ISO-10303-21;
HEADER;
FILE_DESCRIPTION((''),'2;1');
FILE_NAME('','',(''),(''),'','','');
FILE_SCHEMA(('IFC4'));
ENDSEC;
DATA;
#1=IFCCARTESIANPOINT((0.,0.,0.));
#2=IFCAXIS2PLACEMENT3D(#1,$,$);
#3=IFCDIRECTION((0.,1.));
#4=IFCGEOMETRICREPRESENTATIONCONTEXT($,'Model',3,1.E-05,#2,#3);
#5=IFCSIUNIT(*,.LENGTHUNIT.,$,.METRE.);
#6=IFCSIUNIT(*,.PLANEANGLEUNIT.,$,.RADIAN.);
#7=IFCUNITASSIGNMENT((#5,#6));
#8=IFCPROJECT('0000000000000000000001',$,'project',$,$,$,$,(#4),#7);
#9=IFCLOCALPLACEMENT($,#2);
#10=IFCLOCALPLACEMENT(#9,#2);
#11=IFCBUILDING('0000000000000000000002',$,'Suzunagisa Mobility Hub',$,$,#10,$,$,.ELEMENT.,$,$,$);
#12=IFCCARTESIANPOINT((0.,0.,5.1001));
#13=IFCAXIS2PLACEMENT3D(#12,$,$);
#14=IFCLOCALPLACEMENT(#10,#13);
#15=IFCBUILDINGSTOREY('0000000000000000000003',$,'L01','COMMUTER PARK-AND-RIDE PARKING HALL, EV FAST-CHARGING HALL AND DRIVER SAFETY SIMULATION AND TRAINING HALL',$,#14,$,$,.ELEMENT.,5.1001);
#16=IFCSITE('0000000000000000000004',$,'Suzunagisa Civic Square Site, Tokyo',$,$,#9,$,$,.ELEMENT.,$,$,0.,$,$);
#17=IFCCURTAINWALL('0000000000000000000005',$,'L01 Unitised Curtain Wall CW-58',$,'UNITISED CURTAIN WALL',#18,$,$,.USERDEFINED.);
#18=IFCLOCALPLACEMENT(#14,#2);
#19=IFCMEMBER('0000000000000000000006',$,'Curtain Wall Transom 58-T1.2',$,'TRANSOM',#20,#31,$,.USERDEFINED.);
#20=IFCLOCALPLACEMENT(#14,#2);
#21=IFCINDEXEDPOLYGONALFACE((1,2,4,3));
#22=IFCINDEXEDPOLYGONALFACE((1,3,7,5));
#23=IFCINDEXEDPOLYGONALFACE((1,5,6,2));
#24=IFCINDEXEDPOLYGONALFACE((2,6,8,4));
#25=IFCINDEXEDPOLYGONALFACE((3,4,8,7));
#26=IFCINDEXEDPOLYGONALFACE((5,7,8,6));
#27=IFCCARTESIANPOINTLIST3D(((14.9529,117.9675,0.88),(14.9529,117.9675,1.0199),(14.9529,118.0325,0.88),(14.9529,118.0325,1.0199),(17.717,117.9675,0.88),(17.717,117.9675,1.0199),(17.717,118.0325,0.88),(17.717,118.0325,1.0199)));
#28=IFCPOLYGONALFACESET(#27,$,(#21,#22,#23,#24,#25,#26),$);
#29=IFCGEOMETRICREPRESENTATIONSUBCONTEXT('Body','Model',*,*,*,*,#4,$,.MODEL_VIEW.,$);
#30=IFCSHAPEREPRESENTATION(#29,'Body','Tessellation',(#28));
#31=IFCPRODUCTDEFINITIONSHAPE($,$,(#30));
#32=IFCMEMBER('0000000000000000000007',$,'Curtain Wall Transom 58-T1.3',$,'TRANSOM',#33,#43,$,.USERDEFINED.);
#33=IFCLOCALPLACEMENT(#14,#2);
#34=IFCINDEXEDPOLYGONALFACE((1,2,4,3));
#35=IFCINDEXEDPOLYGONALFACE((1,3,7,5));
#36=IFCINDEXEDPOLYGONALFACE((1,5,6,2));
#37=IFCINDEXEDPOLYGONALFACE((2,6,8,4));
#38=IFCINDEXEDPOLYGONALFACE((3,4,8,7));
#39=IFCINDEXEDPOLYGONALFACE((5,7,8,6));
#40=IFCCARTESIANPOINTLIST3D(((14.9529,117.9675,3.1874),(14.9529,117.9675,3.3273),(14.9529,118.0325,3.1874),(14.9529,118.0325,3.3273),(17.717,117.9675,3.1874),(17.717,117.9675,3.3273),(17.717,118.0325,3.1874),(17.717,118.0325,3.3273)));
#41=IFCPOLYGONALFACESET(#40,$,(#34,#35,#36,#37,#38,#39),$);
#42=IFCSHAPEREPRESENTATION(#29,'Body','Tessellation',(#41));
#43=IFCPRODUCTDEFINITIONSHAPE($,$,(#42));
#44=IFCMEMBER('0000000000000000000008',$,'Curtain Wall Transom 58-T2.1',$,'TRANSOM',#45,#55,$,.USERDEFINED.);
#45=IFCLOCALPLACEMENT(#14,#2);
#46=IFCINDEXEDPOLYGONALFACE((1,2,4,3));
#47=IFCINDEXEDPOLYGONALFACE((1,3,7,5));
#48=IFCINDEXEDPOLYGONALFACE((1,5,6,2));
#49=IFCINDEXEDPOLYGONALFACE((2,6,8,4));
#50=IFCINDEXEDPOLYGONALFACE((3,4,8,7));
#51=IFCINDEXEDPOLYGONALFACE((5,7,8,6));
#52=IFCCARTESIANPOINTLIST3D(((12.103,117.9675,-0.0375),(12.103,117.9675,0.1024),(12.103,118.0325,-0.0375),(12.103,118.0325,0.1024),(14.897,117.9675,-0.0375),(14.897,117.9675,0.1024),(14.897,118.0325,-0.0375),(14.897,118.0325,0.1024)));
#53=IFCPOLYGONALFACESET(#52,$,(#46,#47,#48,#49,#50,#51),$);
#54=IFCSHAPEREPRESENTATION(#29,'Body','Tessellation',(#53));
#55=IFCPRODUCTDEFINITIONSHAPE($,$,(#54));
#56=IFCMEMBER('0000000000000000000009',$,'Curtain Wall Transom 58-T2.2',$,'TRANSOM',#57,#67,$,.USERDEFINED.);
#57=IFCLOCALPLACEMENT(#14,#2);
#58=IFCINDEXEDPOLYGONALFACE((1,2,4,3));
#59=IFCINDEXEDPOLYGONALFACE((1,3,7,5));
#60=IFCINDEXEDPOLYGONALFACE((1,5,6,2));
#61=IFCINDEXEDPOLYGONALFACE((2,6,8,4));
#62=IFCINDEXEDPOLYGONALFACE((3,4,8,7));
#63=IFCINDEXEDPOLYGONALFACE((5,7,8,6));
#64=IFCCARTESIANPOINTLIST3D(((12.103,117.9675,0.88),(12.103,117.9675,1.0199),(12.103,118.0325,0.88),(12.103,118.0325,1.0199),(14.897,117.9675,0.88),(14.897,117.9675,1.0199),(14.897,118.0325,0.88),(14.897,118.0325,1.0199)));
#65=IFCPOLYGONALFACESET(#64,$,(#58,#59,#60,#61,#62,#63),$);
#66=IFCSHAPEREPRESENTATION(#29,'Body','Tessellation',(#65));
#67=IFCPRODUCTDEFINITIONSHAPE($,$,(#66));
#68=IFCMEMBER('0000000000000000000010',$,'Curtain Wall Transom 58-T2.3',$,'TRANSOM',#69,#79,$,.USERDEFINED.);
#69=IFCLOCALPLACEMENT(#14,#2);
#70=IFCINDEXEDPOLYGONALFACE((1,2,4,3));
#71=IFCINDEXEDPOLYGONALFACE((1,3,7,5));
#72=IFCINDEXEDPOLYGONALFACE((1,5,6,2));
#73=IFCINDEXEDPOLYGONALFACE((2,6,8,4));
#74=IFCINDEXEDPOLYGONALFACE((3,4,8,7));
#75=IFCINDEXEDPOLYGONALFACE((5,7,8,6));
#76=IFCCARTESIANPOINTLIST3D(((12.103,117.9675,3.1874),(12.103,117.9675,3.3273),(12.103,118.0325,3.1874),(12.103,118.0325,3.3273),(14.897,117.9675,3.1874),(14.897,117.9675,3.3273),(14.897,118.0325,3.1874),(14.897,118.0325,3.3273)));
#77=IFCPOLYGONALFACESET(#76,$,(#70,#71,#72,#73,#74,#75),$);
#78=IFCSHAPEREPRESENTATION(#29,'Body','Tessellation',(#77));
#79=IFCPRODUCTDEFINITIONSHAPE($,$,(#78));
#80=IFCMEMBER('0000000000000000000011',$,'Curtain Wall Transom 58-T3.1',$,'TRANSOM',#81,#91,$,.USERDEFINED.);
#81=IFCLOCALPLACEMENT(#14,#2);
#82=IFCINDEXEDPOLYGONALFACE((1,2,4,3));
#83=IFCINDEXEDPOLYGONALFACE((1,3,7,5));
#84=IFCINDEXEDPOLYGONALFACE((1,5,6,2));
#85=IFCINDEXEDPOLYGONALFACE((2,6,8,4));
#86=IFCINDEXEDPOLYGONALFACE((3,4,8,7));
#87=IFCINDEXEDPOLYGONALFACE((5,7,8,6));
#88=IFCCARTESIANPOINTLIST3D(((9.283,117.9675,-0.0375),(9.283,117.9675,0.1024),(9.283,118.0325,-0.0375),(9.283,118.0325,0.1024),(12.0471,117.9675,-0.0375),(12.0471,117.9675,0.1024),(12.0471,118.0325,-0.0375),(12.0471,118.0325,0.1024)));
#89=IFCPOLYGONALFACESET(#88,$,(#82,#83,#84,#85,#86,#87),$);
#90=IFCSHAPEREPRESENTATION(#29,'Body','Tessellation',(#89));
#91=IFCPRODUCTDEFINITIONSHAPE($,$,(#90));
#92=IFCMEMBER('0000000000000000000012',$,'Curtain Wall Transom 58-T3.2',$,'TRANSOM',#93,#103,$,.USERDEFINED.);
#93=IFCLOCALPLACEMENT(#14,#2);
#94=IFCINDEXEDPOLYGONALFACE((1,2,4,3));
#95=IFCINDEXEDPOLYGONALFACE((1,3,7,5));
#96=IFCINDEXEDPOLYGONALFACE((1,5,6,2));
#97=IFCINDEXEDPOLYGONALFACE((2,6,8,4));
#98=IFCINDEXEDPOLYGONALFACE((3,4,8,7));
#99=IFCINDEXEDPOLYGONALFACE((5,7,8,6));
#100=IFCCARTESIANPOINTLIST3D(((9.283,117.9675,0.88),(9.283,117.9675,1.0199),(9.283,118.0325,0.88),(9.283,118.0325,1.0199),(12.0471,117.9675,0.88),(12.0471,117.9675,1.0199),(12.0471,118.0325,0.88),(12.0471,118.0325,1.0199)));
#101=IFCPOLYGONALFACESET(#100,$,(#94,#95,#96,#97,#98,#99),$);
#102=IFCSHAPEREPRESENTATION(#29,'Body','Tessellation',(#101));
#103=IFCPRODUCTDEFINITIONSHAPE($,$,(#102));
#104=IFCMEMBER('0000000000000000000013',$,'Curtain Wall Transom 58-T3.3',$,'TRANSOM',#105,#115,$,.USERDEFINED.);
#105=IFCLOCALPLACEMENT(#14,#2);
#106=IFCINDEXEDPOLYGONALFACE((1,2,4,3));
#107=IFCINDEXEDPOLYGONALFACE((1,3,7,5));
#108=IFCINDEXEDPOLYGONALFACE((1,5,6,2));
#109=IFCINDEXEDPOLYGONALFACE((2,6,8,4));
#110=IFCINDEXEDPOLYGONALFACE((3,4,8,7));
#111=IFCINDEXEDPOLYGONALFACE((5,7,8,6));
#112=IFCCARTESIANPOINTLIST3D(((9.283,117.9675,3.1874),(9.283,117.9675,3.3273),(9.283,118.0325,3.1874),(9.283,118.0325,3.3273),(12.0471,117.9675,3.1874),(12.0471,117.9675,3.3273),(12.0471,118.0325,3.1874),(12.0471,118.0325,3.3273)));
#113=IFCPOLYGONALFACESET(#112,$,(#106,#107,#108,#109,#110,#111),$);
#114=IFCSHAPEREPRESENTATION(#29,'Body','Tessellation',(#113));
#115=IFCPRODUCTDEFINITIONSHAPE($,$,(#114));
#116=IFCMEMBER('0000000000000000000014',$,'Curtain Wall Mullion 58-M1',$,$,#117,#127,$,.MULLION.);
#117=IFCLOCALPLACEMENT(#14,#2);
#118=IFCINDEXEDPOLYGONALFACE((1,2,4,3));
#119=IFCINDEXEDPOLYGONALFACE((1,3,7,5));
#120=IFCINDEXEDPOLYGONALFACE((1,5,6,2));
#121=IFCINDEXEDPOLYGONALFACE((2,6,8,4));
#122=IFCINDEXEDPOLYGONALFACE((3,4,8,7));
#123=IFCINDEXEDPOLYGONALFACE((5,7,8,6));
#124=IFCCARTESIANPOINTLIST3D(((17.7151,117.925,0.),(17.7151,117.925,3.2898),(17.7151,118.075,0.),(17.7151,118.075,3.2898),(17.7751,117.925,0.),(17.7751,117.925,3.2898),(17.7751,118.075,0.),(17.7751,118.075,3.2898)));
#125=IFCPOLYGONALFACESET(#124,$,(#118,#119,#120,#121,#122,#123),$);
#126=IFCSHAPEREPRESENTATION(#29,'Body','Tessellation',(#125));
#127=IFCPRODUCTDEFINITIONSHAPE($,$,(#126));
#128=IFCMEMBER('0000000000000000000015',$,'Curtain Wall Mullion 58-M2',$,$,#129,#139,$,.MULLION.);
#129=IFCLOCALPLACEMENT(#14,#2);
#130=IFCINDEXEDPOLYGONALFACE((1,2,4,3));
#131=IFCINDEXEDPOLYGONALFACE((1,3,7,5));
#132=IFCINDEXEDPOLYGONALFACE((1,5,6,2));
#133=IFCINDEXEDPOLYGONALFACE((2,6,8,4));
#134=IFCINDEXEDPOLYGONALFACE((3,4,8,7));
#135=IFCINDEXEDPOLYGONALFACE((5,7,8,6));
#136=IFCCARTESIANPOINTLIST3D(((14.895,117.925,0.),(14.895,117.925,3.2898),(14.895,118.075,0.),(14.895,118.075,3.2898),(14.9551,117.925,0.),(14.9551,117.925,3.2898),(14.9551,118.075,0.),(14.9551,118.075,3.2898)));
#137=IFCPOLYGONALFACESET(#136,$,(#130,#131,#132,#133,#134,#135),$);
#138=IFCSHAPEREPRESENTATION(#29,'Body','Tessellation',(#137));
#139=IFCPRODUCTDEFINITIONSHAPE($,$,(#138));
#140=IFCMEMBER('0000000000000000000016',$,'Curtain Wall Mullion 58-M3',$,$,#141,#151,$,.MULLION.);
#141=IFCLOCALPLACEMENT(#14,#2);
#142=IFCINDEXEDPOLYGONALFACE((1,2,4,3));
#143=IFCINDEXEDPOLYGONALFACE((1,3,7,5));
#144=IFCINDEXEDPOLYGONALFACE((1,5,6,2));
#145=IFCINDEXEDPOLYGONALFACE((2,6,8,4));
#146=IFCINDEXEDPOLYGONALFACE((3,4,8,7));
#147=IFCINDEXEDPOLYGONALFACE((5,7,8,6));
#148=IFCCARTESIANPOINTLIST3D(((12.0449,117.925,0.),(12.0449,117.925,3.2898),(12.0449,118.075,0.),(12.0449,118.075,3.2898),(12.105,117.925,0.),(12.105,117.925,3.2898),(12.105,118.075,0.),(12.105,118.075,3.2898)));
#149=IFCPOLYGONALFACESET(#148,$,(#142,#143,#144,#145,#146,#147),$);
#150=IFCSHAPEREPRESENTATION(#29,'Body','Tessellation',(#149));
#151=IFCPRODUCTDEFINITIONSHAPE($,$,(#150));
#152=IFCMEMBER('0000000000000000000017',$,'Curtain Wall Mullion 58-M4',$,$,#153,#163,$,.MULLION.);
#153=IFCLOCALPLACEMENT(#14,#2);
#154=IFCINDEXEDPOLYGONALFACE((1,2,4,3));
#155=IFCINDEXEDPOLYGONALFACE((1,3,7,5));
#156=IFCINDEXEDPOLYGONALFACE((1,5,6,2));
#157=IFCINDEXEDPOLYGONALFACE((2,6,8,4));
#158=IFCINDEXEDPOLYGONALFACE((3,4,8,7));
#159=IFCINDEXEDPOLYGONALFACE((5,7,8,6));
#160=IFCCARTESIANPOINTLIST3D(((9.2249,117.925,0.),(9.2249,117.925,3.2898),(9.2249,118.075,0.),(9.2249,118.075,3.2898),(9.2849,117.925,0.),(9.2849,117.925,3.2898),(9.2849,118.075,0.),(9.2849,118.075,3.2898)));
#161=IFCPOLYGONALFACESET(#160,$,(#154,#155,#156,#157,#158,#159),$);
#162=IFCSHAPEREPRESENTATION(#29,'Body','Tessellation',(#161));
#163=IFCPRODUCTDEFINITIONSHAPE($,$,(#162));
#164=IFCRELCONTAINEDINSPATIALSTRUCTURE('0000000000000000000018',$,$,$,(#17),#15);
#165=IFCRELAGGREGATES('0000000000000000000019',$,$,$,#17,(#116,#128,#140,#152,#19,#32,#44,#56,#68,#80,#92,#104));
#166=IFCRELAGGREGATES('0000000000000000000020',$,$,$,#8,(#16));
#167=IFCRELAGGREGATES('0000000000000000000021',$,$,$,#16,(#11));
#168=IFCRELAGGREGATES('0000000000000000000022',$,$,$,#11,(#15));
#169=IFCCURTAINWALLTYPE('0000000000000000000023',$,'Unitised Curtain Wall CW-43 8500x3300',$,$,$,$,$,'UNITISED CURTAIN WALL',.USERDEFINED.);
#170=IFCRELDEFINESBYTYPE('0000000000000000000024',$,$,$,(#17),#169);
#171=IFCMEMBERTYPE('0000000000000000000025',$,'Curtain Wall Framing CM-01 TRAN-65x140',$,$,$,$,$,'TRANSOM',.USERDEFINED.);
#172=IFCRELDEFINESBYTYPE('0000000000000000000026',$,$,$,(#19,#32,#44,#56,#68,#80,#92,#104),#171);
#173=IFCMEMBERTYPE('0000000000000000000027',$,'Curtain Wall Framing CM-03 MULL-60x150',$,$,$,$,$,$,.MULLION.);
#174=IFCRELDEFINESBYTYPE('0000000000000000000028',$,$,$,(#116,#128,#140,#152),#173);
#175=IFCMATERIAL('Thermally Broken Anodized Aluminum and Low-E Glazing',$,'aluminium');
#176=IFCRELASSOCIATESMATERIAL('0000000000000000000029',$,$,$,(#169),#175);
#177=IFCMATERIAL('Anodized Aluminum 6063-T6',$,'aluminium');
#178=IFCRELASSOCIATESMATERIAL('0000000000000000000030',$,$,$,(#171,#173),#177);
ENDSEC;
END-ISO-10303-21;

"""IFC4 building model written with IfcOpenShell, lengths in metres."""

from ifc_helpers import new_model, si_unit, direction, frame, origin, origin_2d, place, context, subcontext, project, spatial, rectangle, extrude, material, material_profile, profile_set, type_object, element, aggregate, save


model = new_model("IFC4")

# Units and contexts
model_context = context("Model", 3, precision=1e-05, world=origin(), true_north=direction((0.0, 1.0)))
body_context = subcontext(model_context, "Body", "Model", "MODEL_VIEW")
ifc_project = project(units=[si_unit("LENGTHUNIT", "METRE"), si_unit("PLANEANGLEUNIT", "RADIAN")], contexts=[model_context])

# Site, building, storey
site_placement = place(None, origin())
site = spatial("IfcSite", under=ifc_project, at=site_placement, Name="Suzunagisa Civic Square Site, Tokyo", CompositionType="ELEMENT", RefElevation=0.0)
building_placement = place(site_placement, origin())
building = spatial("IfcBuilding", under=site, at=building_placement, Name="Suzunagisa Mobility Hub", CompositionType="ELEMENT")
storey_placement = place(building_placement, frame((0.0, 0.0, 5.1001)))
storey = spatial("IfcBuildingStorey", under=building, at=storey_placement, Name="L01", Description="COMMUTER PARK-AND-RIDE PARKING HALL, EV FAST-CHARGING HALL AND DRIVER SAFETY SIMULATION AND TRAINING HALL", CompositionType="ELEMENT", Elevation=5.1001)

# Curtain wall, members
ifc_material_1 = material(Name="Thermally Broken Anodized Aluminum and Low-E Glazing", Category="aluminium")
curtain_wall_type = type_object("IfcCurtainWallType", Name="Unitised Curtain Wall CW-43 8500x3300", ElementType="UNITISED CURTAIN WALL", PredefinedType="USERDEFINED", material=ifc_material_1)
curtain_wall_placement = place(storey_placement, origin())
curtain_wall = element("IfcCurtainWall", 1, at=curtain_wall_placement, inside=storey, type_object=curtain_wall_type, Name="L01 Unitised Curtain Wall CW-58", ObjectType="UNITISED CURTAIN WALL", PredefinedType="USERDEFINED")
ifc_material_2 = material(Name="Anodized Aluminum 6063-T6", Category="aluminium")
ifc_material_profile_1 = material_profile(ifc_material_2, rectangle(XDim=0.0649, YDim=0.1399, at=origin_2d()), Name="TRAN-65x140")
ifc_profile_set_1 = profile_set([ifc_material_profile_1], Name="Anodized Aluminum 6063-T6")
member_type_1 = type_object("IfcMemberType", Name="Curtain Wall Framing CM-01 TRAN-65x140", ElementType="TRANSOM", PredefinedType="USERDEFINED", material=ifc_profile_set_1)
member_1_placement = place(storey_placement, frame((17.717, 118.0, 0.95), z_axis=(-1.0, 0.0, 0.0), x_axis=(0.0, -1.0, 0.0)))
member_1 = element("IfcMember", 2, at=member_1_placement, type_object=member_type_1, Name="Curtain Wall Transom 58-T1.2", ObjectType="TRANSOM", PredefinedType="USERDEFINED", context=body_context, shape_type="SweptSolid", body=[
    extrude(rectangle(XDim=0.0649, YDim=0.1399, at=origin_2d()), origin(), (0.0, 0.0, 1.0), 2.7642),
])
member_2_placement = place(storey_placement, frame((17.717, 118.0, 3.2573), z_axis=(-1.0, 0.0, 0.0), x_axis=(0.0, -1.0, 0.0)))
member_2 = element("IfcMember", 3, at=member_2_placement, type_object=member_type_1, Name="Curtain Wall Transom 58-T1.3", ObjectType="TRANSOM", PredefinedType="USERDEFINED", context=body_context, shape_type="SweptSolid", body=[
    extrude(rectangle(XDim=0.0649, YDim=0.1399, at=origin_2d()), origin(), (0.0, 0.0, 1.0), 2.7642),
])
member_3_placement = place(storey_placement, frame((14.897, 118.0, 0.0325), z_axis=(-1.0, 0.0, 0.0), x_axis=(0.0, -1.0, 0.0)))
member_3 = element("IfcMember", 4, at=member_3_placement, type_object=member_type_1, Name="Curtain Wall Transom 58-T2.1", ObjectType="TRANSOM", PredefinedType="USERDEFINED", context=body_context, shape_type="SweptSolid", body=[
    extrude(rectangle(XDim=0.0649, YDim=0.1399, at=origin_2d()), origin(), (0.0, 0.0, 1.0), 2.7939),
])
member_4_placement = place(storey_placement, frame((14.897, 118.0, 0.95), z_axis=(-1.0, 0.0, 0.0), x_axis=(0.0, -1.0, 0.0)))
member_4 = element("IfcMember", 5, at=member_4_placement, type_object=member_type_1, Name="Curtain Wall Transom 58-T2.2", ObjectType="TRANSOM", PredefinedType="USERDEFINED", context=body_context, shape_type="SweptSolid", body=[
    extrude(rectangle(XDim=0.0649, YDim=0.1399, at=origin_2d()), origin(), (0.0, 0.0, 1.0), 2.7939),
])
member_5_placement = place(storey_placement, frame((14.897, 118.0, 3.2573), z_axis=(-1.0, 0.0, 0.0), x_axis=(0.0, -1.0, 0.0)))
member_5 = element("IfcMember", 6, at=member_5_placement, type_object=member_type_1, Name="Curtain Wall Transom 58-T2.3", ObjectType="TRANSOM", PredefinedType="USERDEFINED", context=body_context, shape_type="SweptSolid", body=[
    extrude(rectangle(XDim=0.0649, YDim=0.1399, at=origin_2d()), origin(), (0.0, 0.0, 1.0), 2.7939),
])
member_6_placement = place(storey_placement, frame((12.0471, 118.0, 0.0325), z_axis=(-1.0, 0.0, 0.0), x_axis=(0.0, -1.0, 0.0)))
member_6 = element("IfcMember", 7, at=member_6_placement, type_object=member_type_1, Name="Curtain Wall Transom 58-T3.1", ObjectType="TRANSOM", PredefinedType="USERDEFINED", context=body_context, shape_type="SweptSolid", body=[
    extrude(rectangle(XDim=0.0649, YDim=0.1399, at=origin_2d()), origin(), (0.0, 0.0, 1.0), 2.7642),
])
member_7_placement = place(storey_placement, frame((12.0471, 118.0, 0.95), z_axis=(-1.0, 0.0, 0.0), x_axis=(0.0, -1.0, 0.0)))
member_7 = element("IfcMember", 8, at=member_7_placement, type_object=member_type_1, Name="Curtain Wall Transom 58-T3.2", ObjectType="TRANSOM", PredefinedType="USERDEFINED", context=body_context, shape_type="SweptSolid", body=[
    extrude(rectangle(XDim=0.0649, YDim=0.1399, at=origin_2d()), origin(), (0.0, 0.0, 1.0), 2.7642),
])
member_8_placement = place(storey_placement, frame((12.0471, 118.0, 3.2573), z_axis=(-1.0, 0.0, 0.0), x_axis=(0.0, -1.0, 0.0)))
member_8 = element("IfcMember", 9, at=member_8_placement, type_object=member_type_1, Name="Curtain Wall Transom 58-T3.3", ObjectType="TRANSOM", PredefinedType="USERDEFINED", context=body_context, shape_type="SweptSolid", body=[
    extrude(rectangle(XDim=0.0649, YDim=0.1399, at=origin_2d()), origin(), (0.0, 0.0, 1.0), 2.7642),
])
ifc_material_profile_2 = material_profile(ifc_material_2, rectangle(XDim=0.0601, YDim=0.1499, at=origin_2d()), Name="MULL-60x150")
ifc_profile_set_2 = profile_set([ifc_material_profile_2], Name="Anodized Aluminum 6063-T6")
member_type_2 = type_object("IfcMemberType", Name="Curtain Wall Framing CM-03 MULL-60x150", PredefinedType="MULLION", material=ifc_profile_set_2)
member_9_placement = place(storey_placement, frame((17.7451, 118.0, 0.0), z_axis=(0.0, 0.0, 1.0), x_axis=(-1.0, 0.0, 0.0)))
member_9 = element("IfcMember", 10, at=member_9_placement, type_object=member_type_2, Name="Curtain Wall Mullion 58-M1", PredefinedType="MULLION", context=body_context, shape_type="SweptSolid", body=[
    extrude(rectangle(XDim=0.0601, YDim=0.1499, at=origin_2d()), origin(), (0.0, 0.0, 1.0), 3.2898),
])
member_10_placement = place(storey_placement, frame((14.925, 118.0, 0.0), z_axis=(0.0, 0.0, 1.0), x_axis=(-1.0, 0.0, 0.0)))
member_10 = element("IfcMember", 11, at=member_10_placement, type_object=member_type_2, Name="Curtain Wall Mullion 58-M2", PredefinedType="MULLION", context=body_context, shape_type="SweptSolid", body=[
    extrude(rectangle(XDim=0.0601, YDim=0.1499, at=origin_2d()), origin(), (0.0, 0.0, 1.0), 3.2898),
])
member_11_placement = place(storey_placement, frame((12.075, 118.0, 0.0), z_axis=(0.0, 0.0, 1.0), x_axis=(-1.0, 0.0, 0.0)))
member_11 = element("IfcMember", 12, at=member_11_placement, type_object=member_type_2, Name="Curtain Wall Mullion 58-M3", PredefinedType="MULLION", context=body_context, shape_type="SweptSolid", body=[
    extrude(rectangle(XDim=0.0601, YDim=0.1499, at=origin_2d()), origin(), (0.0, 0.0, 1.0), 3.2898),
])
member_12_placement = place(storey_placement, frame((9.2549, 118.0, 0.0), z_axis=(0.0, 0.0, 1.0), x_axis=(-1.0, 0.0, 0.0)))
member_12 = element("IfcMember", 13, at=member_12_placement, type_object=member_type_2, Name="Curtain Wall Mullion 58-M4", PredefinedType="MULLION", context=body_context, shape_type="SweptSolid", body=[
    extrude(rectangle(XDim=0.0601, YDim=0.1499, at=origin_2d()), origin(), (0.0, 0.0, 1.0), 3.2898),
])

aggregate(curtain_wall, [member_9, member_10, member_11, member_12, member_1, member_2, member_3, member_4, member_5, member_6, member_7, member_8])

save(model, "model.ifc")
